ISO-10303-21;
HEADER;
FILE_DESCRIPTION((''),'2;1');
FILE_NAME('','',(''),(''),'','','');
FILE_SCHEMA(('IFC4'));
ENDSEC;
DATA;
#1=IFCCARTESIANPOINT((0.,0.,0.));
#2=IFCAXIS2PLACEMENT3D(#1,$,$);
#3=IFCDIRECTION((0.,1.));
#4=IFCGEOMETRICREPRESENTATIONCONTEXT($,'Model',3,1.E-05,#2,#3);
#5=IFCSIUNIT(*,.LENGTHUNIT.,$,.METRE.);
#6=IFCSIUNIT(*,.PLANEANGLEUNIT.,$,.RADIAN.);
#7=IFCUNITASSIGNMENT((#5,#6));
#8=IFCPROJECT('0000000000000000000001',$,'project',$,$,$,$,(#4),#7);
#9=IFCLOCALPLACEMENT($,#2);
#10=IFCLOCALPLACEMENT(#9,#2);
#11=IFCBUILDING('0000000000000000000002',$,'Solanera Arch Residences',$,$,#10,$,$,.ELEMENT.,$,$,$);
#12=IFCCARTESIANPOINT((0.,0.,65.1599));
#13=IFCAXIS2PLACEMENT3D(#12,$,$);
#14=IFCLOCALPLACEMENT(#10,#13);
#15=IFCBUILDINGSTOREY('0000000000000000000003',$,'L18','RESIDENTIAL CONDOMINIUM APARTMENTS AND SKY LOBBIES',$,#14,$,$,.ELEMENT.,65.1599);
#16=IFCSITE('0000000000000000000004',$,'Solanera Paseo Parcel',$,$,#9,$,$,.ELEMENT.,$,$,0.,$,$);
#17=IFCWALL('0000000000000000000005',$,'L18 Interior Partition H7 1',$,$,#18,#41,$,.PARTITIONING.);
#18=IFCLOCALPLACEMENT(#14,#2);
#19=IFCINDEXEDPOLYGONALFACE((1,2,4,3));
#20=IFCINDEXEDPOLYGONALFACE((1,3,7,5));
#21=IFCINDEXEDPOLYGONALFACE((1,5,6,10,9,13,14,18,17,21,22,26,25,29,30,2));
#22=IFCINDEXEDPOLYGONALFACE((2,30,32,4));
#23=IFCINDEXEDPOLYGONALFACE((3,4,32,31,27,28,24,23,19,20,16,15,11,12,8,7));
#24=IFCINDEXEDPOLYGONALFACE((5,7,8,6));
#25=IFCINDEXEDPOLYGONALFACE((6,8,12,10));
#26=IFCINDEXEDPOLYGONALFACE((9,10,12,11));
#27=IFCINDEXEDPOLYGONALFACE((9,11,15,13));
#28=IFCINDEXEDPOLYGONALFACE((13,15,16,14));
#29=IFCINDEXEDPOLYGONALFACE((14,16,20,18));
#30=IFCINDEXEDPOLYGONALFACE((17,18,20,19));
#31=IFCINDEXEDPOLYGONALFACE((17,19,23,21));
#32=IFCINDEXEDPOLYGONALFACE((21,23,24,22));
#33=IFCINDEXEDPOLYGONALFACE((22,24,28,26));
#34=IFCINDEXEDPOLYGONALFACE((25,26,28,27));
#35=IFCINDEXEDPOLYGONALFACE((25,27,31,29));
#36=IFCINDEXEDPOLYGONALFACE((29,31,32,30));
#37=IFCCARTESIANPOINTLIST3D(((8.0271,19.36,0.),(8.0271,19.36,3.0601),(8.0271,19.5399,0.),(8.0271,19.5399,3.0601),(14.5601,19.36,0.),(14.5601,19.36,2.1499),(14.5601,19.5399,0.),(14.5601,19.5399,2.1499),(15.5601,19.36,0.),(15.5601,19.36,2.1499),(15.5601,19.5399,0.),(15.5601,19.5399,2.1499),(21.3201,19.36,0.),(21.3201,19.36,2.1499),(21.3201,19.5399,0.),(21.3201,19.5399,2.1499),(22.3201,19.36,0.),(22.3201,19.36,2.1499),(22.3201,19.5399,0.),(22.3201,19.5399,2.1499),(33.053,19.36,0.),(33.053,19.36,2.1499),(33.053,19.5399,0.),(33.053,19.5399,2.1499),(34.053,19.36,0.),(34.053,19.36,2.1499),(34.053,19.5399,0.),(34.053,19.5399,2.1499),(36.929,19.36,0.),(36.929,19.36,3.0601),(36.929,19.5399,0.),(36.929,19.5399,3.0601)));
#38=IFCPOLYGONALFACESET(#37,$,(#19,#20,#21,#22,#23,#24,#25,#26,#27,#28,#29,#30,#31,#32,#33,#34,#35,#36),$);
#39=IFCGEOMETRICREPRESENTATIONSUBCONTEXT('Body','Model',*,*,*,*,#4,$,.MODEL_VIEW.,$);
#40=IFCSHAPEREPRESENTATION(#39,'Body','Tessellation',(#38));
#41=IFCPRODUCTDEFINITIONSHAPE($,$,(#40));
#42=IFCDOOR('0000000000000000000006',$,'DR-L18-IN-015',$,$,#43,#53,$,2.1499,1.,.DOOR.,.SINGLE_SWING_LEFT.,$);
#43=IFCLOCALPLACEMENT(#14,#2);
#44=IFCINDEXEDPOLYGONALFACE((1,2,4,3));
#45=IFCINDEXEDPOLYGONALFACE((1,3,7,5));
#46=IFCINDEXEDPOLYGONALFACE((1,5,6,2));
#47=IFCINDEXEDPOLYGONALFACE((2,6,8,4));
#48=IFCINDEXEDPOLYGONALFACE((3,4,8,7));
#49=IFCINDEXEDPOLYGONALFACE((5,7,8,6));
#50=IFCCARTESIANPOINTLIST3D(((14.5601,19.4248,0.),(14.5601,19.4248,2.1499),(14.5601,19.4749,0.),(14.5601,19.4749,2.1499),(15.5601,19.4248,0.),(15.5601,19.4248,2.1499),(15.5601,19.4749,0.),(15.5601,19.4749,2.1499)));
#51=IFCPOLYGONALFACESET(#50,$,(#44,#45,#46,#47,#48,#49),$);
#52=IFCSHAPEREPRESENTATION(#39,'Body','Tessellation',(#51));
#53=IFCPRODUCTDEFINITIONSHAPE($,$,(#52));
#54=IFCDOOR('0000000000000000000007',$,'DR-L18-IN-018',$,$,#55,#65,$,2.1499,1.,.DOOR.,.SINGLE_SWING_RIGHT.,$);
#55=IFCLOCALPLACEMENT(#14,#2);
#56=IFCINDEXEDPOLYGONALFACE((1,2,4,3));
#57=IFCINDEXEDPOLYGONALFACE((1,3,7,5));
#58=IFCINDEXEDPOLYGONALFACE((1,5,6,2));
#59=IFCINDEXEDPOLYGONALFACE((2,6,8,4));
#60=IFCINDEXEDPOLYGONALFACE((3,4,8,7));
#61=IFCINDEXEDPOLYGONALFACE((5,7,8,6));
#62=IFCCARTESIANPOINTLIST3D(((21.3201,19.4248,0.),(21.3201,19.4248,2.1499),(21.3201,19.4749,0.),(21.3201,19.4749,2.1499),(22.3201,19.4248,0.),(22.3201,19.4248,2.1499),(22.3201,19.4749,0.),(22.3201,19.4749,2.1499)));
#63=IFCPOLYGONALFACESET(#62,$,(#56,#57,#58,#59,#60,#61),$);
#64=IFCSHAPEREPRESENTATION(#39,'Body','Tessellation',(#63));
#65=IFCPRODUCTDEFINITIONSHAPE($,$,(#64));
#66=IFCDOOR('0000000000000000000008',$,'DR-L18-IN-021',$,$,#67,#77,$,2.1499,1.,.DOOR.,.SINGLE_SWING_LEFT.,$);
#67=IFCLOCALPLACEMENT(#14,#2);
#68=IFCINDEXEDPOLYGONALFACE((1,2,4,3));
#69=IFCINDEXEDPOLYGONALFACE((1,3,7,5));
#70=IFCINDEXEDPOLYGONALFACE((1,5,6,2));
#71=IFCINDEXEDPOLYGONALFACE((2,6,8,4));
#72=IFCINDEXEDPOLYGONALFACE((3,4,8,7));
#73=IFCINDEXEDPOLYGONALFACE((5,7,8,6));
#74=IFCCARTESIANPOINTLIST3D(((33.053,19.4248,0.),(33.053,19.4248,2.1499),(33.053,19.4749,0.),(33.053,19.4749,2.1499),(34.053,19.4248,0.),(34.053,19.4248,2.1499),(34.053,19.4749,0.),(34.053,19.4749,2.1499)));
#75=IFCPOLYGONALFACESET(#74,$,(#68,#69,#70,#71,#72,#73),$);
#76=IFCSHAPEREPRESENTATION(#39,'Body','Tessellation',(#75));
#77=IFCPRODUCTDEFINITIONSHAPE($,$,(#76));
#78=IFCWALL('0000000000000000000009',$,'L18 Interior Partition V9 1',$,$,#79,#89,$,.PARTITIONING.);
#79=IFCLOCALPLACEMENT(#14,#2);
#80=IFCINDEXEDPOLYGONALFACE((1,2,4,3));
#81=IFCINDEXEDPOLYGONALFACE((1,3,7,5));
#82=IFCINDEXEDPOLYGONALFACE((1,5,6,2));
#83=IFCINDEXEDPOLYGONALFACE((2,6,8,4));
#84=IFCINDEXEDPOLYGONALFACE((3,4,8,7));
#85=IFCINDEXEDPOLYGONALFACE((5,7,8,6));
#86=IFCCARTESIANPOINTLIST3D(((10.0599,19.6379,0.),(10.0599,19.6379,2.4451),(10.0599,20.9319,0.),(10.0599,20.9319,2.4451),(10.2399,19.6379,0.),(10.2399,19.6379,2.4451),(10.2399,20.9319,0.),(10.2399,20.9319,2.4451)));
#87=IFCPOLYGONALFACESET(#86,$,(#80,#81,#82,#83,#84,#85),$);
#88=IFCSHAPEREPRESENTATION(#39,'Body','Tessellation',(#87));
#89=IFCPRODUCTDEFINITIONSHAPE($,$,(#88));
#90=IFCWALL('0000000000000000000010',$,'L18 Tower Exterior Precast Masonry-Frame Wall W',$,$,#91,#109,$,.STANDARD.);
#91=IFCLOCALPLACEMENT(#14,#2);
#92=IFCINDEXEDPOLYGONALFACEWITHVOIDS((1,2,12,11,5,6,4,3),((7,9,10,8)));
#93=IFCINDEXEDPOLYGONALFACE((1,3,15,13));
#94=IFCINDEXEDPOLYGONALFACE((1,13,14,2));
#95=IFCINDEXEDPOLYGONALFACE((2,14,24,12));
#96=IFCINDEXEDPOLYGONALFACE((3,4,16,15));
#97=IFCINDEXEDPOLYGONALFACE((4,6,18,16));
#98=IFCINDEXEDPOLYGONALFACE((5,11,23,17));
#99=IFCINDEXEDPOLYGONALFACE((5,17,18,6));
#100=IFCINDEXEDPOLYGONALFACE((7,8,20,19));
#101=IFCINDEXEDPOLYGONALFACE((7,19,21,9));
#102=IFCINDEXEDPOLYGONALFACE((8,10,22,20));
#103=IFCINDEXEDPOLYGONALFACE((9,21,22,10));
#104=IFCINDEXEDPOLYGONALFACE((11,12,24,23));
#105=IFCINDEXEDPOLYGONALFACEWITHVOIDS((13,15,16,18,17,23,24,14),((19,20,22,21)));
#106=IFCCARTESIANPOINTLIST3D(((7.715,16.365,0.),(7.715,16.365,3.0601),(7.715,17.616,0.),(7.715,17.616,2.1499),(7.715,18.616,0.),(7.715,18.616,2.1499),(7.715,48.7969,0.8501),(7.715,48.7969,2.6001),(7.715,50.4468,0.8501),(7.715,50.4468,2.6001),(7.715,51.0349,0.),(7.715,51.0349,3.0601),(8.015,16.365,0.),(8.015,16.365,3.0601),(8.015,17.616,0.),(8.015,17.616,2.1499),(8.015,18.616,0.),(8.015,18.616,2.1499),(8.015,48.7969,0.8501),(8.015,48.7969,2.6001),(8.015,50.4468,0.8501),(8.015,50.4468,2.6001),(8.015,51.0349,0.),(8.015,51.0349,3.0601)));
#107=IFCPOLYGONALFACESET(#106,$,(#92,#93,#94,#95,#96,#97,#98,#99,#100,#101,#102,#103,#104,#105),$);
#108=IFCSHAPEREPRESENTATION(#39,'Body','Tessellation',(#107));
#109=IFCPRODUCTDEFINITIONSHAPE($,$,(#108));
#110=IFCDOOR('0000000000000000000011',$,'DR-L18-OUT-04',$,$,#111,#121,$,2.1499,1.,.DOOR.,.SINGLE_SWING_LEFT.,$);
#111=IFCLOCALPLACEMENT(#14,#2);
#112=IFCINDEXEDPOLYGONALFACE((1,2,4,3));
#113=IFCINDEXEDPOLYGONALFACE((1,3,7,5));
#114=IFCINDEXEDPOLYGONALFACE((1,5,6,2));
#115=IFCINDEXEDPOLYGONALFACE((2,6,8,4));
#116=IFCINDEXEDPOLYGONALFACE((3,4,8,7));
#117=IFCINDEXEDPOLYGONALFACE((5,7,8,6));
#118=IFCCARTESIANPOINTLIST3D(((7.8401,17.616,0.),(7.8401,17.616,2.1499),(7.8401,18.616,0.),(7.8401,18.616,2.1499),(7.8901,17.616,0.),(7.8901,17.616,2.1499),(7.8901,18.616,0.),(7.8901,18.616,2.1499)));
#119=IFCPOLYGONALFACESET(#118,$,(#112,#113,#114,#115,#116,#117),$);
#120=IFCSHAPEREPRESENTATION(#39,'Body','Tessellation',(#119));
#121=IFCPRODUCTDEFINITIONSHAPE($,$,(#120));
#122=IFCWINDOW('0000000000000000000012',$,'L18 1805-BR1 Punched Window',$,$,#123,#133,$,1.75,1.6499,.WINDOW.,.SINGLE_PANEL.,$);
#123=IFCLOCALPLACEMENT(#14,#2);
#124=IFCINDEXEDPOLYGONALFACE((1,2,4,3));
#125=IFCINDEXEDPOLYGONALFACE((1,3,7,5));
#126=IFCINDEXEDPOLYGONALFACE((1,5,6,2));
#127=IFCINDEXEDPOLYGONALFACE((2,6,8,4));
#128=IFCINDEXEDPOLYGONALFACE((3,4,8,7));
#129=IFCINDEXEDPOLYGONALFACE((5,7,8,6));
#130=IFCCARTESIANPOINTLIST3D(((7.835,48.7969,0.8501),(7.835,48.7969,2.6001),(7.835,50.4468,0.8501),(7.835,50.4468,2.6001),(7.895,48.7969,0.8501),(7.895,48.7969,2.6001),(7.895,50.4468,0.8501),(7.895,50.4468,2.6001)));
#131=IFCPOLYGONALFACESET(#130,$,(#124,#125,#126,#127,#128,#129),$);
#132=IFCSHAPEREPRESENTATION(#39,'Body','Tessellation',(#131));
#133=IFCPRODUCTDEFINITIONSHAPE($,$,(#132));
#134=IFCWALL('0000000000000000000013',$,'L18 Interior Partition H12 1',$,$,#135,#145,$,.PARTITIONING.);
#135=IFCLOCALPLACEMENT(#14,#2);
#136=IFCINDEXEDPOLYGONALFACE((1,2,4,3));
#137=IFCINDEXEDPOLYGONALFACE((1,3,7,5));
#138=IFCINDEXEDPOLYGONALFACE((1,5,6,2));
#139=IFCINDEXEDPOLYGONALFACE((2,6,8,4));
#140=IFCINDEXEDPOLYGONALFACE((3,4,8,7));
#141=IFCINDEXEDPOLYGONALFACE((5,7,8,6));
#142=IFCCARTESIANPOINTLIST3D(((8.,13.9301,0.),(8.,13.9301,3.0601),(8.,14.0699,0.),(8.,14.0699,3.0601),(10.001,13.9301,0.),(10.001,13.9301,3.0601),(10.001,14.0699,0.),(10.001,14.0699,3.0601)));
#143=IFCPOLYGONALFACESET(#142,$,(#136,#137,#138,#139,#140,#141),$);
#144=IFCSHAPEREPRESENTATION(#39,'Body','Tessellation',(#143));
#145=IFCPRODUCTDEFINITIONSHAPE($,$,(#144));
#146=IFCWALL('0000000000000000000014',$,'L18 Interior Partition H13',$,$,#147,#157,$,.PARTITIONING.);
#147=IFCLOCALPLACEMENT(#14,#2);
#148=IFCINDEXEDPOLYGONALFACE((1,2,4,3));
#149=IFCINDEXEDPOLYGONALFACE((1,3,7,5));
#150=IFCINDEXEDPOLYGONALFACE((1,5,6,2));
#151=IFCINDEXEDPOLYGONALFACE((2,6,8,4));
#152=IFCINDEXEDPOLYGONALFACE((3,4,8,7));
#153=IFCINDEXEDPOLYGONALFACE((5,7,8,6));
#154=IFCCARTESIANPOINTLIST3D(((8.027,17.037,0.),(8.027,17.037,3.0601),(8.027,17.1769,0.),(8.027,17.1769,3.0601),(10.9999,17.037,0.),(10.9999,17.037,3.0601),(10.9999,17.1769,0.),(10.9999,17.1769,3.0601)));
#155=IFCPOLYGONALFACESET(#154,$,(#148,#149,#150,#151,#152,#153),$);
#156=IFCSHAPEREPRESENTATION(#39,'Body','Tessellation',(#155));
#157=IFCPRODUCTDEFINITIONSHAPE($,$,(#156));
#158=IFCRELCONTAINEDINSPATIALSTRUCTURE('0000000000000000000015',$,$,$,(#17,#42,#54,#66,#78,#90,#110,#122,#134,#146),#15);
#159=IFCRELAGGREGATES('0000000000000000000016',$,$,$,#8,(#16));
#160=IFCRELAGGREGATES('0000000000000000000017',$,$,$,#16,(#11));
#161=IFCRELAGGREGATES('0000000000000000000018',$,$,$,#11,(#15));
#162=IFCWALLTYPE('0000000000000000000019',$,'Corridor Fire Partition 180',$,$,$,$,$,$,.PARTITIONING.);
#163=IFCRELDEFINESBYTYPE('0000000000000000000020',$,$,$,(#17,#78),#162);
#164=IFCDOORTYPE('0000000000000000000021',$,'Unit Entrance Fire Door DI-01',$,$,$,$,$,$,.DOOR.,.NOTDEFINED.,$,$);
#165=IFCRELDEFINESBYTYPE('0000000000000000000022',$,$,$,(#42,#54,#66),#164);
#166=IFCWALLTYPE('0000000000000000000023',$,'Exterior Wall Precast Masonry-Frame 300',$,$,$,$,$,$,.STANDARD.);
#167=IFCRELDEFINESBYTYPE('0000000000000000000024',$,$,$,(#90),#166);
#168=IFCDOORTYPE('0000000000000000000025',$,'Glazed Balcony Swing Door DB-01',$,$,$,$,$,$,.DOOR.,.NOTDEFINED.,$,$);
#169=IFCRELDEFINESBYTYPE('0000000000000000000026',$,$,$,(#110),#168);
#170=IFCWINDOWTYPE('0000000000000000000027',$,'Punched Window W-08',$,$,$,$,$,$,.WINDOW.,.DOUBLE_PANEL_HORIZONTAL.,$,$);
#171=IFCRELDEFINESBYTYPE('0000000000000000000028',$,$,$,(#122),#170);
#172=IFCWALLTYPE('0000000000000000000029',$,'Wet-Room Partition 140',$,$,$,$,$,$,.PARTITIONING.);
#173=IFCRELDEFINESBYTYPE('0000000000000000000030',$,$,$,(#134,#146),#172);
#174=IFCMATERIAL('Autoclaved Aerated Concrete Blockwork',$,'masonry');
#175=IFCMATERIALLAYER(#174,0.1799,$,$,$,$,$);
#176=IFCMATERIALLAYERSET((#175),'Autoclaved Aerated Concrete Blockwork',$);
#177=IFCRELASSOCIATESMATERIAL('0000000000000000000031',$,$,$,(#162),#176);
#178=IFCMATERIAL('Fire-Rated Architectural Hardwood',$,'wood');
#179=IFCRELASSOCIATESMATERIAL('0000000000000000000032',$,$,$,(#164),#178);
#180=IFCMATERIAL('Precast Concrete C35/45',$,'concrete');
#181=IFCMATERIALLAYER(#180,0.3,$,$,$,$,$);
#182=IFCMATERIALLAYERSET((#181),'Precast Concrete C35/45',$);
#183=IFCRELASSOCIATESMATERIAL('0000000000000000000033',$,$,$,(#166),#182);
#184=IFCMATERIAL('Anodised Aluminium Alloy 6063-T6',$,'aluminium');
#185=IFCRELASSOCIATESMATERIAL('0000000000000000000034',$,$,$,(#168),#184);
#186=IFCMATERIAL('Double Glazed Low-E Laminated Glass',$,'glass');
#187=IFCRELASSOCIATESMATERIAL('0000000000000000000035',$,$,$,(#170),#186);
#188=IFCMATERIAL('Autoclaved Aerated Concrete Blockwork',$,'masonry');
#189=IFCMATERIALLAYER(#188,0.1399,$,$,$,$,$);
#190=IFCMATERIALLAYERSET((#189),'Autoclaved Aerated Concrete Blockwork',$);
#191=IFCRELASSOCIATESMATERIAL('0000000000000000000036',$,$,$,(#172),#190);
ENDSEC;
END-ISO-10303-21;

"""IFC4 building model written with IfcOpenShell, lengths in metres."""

from ifc_helpers import new_model, si_unit, direction, frame, frame_2d, origin, place, context, subcontext, project, spatial, rectangle, extrude, material, layer, layer_set, type_object, element, fill, save


model = new_model("IFC4")

# Units and contexts
model_context = context("Model", 3, precision=1e-05, world=origin(), true_north=direction((0.0, 1.0)))
body_context = subcontext(model_context, "Body", "Model", "MODEL_VIEW")
ifc_project = project(units=[si_unit("LENGTHUNIT", "METRE"), si_unit("PLANEANGLEUNIT", "RADIAN")], contexts=[model_context])

# Site, building, storey
site_placement = place(None, origin())
site = spatial("IfcSite", under=ifc_project, at=site_placement, Name="Solanera Paseo Parcel", CompositionType="ELEMENT", RefElevation=0.0)
building_placement = place(site_placement, origin())
building = spatial("IfcBuilding", under=site, at=building_placement, Name="Solanera Arch Residences", CompositionType="ELEMENT")
storey_placement = place(building_placement, frame((0.0, 0.0, 65.1599)))
storey = spatial("IfcBuildingStorey", under=building, at=storey_placement, Name="L18", Description="RESIDENTIAL CONDOMINIUM APARTMENTS AND SKY LOBBIES", CompositionType="ELEMENT", Elevation=65.1599)

# Wall, openings, doors
ifc_material_1 = material(Name="Autoclaved Aerated Concrete Blockwork", Category="masonry")
ifc_layer_1 = layer(ifc_material_1, 0.1799)
ifc_layer_set_1 = layer_set([ifc_layer_1], Name="Autoclaved Aerated Concrete Blockwork")
wall_type_1 = type_object("IfcWallType", Name="Corridor Fire Partition 180", PredefinedType="PARTITIONING", material=ifc_layer_set_1)
wall_1_placement = place(storey_placement, frame((8.0271, 19.45, 0.0), z_axis=(0.0, 0.0, 1.0), x_axis=(1.0, 0.0, 0.0)))
wall_1 = element("IfcWall", 1, at=wall_1_placement, inside=storey, type_object=wall_type_1, Name="L18 Interior Partition H7 1", PredefinedType="PARTITIONING", context=body_context, shape_type="SweptSolid", body=[
    extrude(rectangle(XDim=28.9019, YDim=0.1799, at=frame_2d((14.4509, 0.0))), origin(), (0.0, 0.0, 1.0), 3.0601),
])
opening_1_placement = place(wall_1_placement, frame((6.533, 0.0, 0.0)))
opening_1 = element("IfcOpeningElement", 2, at=opening_1_placement, cuts=wall_1, PredefinedType="OPENING", context=body_context, shape_type="SweptSolid", body=[
    extrude(rectangle(XDim=1.0, YDim=2.1499, at=frame_2d((0.5, 1.075))), frame((0.0, 0.1001, 0.0), z_axis=(0.0, -1.0, 0.0), x_axis=(1.0, 0.0, 0.0)), (0.0, 0.0, 1.0), 0.1999),
])
opening_2_placement = place(wall_1_placement, frame((13.293, 0.0, 0.0)))
opening_2 = element("IfcOpeningElement", 3, at=opening_2_placement, cuts=wall_1, PredefinedType="OPENING", context=body_context, shape_type="SweptSolid", body=[
    extrude(rectangle(XDim=1.0, YDim=2.1499, at=frame_2d((0.5, 1.075))), frame((0.0, 0.1001, 0.0), z_axis=(0.0, -1.0, 0.0), x_axis=(1.0, 0.0, 0.0)), (0.0, 0.0, 1.0), 0.1999),
])
opening_3_placement = place(wall_1_placement, frame((25.0259, 0.0, 0.0)))
opening_3 = element("IfcOpeningElement", 4, at=opening_3_placement, cuts=wall_1, PredefinedType="OPENING", context=body_context, shape_type="SweptSolid", body=[
    extrude(rectangle(XDim=1.0, YDim=2.1499, at=frame_2d((0.5, 1.075))), frame((0.0, 0.1001, 0.0), z_axis=(0.0, -1.0, 0.0), x_axis=(1.0, 0.0, 0.0)), (0.0, 0.0, 1.0), 0.1999),
])
ifc_material_2 = material(Name="Fire-Rated Architectural Hardwood", Category="wood")
door_type_1 = type_object("IfcDoorType", Name="Unit Entrance Fire Door DI-01", OperationType="NOTDEFINED", PredefinedType="DOOR", material=ifc_material_2)
door_1_placement = place(opening_1_placement, origin())
door_1 = element("IfcDoor", 5, at=door_1_placement, inside=storey, type_object=door_type_1, Name="DR-L18-IN-015", OperationType="SINGLE_SWING_LEFT", OverallHeight=2.1499, OverallWidth=1.0, PredefinedType="DOOR", context=body_context, shape_type="SweptSolid", body=[
    extrude(rectangle(XDim=1.0, YDim=2.1499, at=frame_2d((0.5, 1.075))), frame((0.0, 0.0249, 0.0), z_axis=(0.0, -1.0, 0.0), x_axis=(1.0, 0.0, 0.0)), (0.0, 0.0, 1.0), 0.05),
])
fill(opening_1, door_1)
door_2_placement = place(opening_2_placement, origin())
door_2 = element("IfcDoor", 6, at=door_2_placement, inside=storey, type_object=door_type_1, Name="DR-L18-IN-018", OperationType="SINGLE_SWING_RIGHT", OverallHeight=2.1499, OverallWidth=1.0, PredefinedType="DOOR", context=body_context, shape_type="SweptSolid", body=[
    extrude(rectangle(XDim=1.0, YDim=2.1499, at=frame_2d((0.5, 1.075))), frame((0.0, 0.0249, 0.0), z_axis=(0.0, -1.0, 0.0), x_axis=(1.0, 0.0, 0.0)), (0.0, 0.0, 1.0), 0.05),
])
fill(opening_2, door_2)
door_3_placement = place(opening_3_placement, origin())
door_3 = element("IfcDoor", 7, at=door_3_placement, inside=storey, type_object=door_type_1, Name="DR-L18-IN-021", OperationType="SINGLE_SWING_LEFT", OverallHeight=2.1499, OverallWidth=1.0, PredefinedType="DOOR", context=body_context, shape_type="SweptSolid", body=[
    extrude(rectangle(XDim=1.0, YDim=2.1499, at=frame_2d((0.5, 1.075))), frame((0.0, 0.0249, 0.0), z_axis=(0.0, -1.0, 0.0), x_axis=(1.0, 0.0, 0.0)), (0.0, 0.0, 1.0), 0.05),
])
fill(opening_3, door_3)

# Wall
wall_2_placement = place(storey_placement, frame((10.1499, 19.6379, 0.0), z_axis=(0.0, 0.0, 1.0), x_axis=(0.0, 1.0, 0.0)))
element("IfcWall", 8, at=wall_2_placement, inside=storey, type_object=wall_type_1, Name="L18 Interior Partition V9 1", PredefinedType="PARTITIONING", context=body_context, shape_type="SweptSolid", body=[
    extrude(rectangle(XDim=1.2939, YDim=0.1799, at=frame_2d((0.647, 0.0))), origin(), (0.0, 0.0, 1.0), 2.4451),
])

# Wall, openings, door, window
ifc_material_3 = material(Name="Precast Concrete C35/45", Category="concrete")
ifc_layer_2 = layer(ifc_material_3, 0.3)
ifc_layer_set_2 = layer_set([ifc_layer_2], Name="Precast Concrete C35/45")
wall_type_2 = type_object("IfcWallType", Name="Exterior Wall Precast Masonry-Frame 300", PredefinedType="STANDARD", material=ifc_layer_set_2)
wall_3_placement = place(storey_placement, frame((7.865, 16.365, 0.0), z_axis=(0.0, 0.0, 1.0), x_axis=(0.0, 1.0, 0.0)))
wall_3 = element("IfcWall", 9, at=wall_3_placement, inside=storey, type_object=wall_type_2, Name="L18 Tower Exterior Precast Masonry-Frame Wall W", PredefinedType="STANDARD", context=body_context, shape_type="SweptSolid", body=[
    extrude(rectangle(XDim=34.6699, YDim=0.3, at=frame_2d((17.335, 0.0))), origin(), (0.0, 0.0, 1.0), 3.0601),
])
opening_4_placement = place(wall_3_placement, frame((1.251, 0.0, 0.0)))
opening_4 = element("IfcOpeningElement", 10, at=opening_4_placement, cuts=wall_3, PredefinedType="OPENING", context=body_context, shape_type="SweptSolid", body=[
    extrude(rectangle(XDim=1.0, YDim=2.1499, at=frame_2d((0.5, 1.075))), frame((0.0, 0.1599, 0.0), z_axis=(0.0, -1.0, 0.0), x_axis=(1.0, 0.0, 0.0)), (0.0, 0.0, 1.0), 0.32),
])
opening_5_placement = place(wall_3_placement, frame((32.4319, 0.0, 0.8501)))
opening_5 = element("IfcOpeningElement", 11, at=opening_5_placement, cuts=wall_3, PredefinedType="OPENING", context=body_context, shape_type="SweptSolid", body=[
    extrude(rectangle(XDim=1.6499, YDim=1.75, at=frame_2d((0.825, 0.875))), frame((0.0, 0.1599, 0.0), z_axis=(0.0, -1.0, 0.0), x_axis=(1.0, 0.0, 0.0)), (0.0, 0.0, 1.0), 0.32),
])
ifc_material_4 = material(Name="Anodised Aluminium Alloy 6063-T6", Category="aluminium")
door_type_2 = type_object("IfcDoorType", Name="Glazed Balcony Swing Door DB-01", OperationType="NOTDEFINED", PredefinedType="DOOR", material=ifc_material_4)
door_4_placement = place(opening_4_placement, origin())
door_4 = element("IfcDoor", 12, at=door_4_placement, inside=storey, type_object=door_type_2, Name="DR-L18-OUT-04", OperationType="SINGLE_SWING_LEFT", OverallHeight=2.1499, OverallWidth=1.0, PredefinedType="DOOR", context=body_context, shape_type="SweptSolid", body=[
    extrude(rectangle(XDim=1.0, YDim=2.1499, at=frame_2d((0.5, 1.075))), frame((0.0, 0.0249, 0.0), z_axis=(0.0, -1.0, 0.0), x_axis=(1.0, 0.0, 0.0)), (0.0, 0.0, 1.0), 0.05),
])
fill(opening_4, door_4)
ifc_material_5 = material(Name="Double Glazed Low-E Laminated Glass", Category="glass")
window_type = type_object("IfcWindowType", Name="Punched Window W-08", PartitioningType="DOUBLE_PANEL_HORIZONTAL", PredefinedType="WINDOW", material=ifc_material_5)
window_placement = place(opening_5_placement, origin())
window = element("IfcWindow", 13, at=window_placement, inside=storey, type_object=window_type, Name="L18 1805-BR1 Punched Window", OverallHeight=1.75, OverallWidth=1.6499, PartitioningType="SINGLE_PANEL", PredefinedType="WINDOW", context=body_context, shape_type="SweptSolid", body=[
    extrude(rectangle(XDim=1.6499, YDim=1.75, at=frame_2d((0.825, 0.875))), frame((0.0, 0.03, 0.0), z_axis=(0.0, -1.0, 0.0), x_axis=(1.0, 0.0, 0.0)), (0.0, 0.0, 1.0), 0.0601),
])
fill(opening_5, window)

# Walls
ifc_material_6 = material(Name="Autoclaved Aerated Concrete Blockwork", Category="masonry")
ifc_layer_3 = layer(ifc_material_6, 0.1399)
ifc_layer_set_3 = layer_set([ifc_layer_3], Name="Autoclaved Aerated Concrete Blockwork")
wall_type_3 = type_object("IfcWallType", Name="Wet-Room Partition 140", PredefinedType="PARTITIONING", material=ifc_layer_set_3)
wall_4_placement = place(storey_placement, frame((8.0, 14.0, 0.0), z_axis=(0.0, 0.0, 1.0), x_axis=(1.0, 0.0, 0.0)))
element("IfcWall", 14, at=wall_4_placement, inside=storey, type_object=wall_type_3, Name="L18 Interior Partition H12 1", PredefinedType="PARTITIONING", context=body_context, shape_type="SweptSolid", body=[
    extrude(rectangle(XDim=2.001, YDim=0.1399, at=frame_2d((1.0005, 0.0))), origin(), (0.0, 0.0, 1.0), 3.0601),
])
wall_5_placement = place(storey_placement, frame((8.0271, 17.1069, 0.0), z_axis=(0.0, 0.0, 1.0), x_axis=(1.0, 0.0, 0.0)))
element("IfcWall", 15, at=wall_5_placement, inside=storey, type_object=wall_type_3, Name="L18 Interior Partition H13", PredefinedType="PARTITIONING", context=body_context, shape_type="SweptSolid", body=[
    extrude(rectangle(XDim=2.9729, YDim=0.1399, at=frame_2d((1.4863, 0.0))), origin(), (0.0, 0.0, 1.0), 3.0601),
])

save(model, "model.ifc")
